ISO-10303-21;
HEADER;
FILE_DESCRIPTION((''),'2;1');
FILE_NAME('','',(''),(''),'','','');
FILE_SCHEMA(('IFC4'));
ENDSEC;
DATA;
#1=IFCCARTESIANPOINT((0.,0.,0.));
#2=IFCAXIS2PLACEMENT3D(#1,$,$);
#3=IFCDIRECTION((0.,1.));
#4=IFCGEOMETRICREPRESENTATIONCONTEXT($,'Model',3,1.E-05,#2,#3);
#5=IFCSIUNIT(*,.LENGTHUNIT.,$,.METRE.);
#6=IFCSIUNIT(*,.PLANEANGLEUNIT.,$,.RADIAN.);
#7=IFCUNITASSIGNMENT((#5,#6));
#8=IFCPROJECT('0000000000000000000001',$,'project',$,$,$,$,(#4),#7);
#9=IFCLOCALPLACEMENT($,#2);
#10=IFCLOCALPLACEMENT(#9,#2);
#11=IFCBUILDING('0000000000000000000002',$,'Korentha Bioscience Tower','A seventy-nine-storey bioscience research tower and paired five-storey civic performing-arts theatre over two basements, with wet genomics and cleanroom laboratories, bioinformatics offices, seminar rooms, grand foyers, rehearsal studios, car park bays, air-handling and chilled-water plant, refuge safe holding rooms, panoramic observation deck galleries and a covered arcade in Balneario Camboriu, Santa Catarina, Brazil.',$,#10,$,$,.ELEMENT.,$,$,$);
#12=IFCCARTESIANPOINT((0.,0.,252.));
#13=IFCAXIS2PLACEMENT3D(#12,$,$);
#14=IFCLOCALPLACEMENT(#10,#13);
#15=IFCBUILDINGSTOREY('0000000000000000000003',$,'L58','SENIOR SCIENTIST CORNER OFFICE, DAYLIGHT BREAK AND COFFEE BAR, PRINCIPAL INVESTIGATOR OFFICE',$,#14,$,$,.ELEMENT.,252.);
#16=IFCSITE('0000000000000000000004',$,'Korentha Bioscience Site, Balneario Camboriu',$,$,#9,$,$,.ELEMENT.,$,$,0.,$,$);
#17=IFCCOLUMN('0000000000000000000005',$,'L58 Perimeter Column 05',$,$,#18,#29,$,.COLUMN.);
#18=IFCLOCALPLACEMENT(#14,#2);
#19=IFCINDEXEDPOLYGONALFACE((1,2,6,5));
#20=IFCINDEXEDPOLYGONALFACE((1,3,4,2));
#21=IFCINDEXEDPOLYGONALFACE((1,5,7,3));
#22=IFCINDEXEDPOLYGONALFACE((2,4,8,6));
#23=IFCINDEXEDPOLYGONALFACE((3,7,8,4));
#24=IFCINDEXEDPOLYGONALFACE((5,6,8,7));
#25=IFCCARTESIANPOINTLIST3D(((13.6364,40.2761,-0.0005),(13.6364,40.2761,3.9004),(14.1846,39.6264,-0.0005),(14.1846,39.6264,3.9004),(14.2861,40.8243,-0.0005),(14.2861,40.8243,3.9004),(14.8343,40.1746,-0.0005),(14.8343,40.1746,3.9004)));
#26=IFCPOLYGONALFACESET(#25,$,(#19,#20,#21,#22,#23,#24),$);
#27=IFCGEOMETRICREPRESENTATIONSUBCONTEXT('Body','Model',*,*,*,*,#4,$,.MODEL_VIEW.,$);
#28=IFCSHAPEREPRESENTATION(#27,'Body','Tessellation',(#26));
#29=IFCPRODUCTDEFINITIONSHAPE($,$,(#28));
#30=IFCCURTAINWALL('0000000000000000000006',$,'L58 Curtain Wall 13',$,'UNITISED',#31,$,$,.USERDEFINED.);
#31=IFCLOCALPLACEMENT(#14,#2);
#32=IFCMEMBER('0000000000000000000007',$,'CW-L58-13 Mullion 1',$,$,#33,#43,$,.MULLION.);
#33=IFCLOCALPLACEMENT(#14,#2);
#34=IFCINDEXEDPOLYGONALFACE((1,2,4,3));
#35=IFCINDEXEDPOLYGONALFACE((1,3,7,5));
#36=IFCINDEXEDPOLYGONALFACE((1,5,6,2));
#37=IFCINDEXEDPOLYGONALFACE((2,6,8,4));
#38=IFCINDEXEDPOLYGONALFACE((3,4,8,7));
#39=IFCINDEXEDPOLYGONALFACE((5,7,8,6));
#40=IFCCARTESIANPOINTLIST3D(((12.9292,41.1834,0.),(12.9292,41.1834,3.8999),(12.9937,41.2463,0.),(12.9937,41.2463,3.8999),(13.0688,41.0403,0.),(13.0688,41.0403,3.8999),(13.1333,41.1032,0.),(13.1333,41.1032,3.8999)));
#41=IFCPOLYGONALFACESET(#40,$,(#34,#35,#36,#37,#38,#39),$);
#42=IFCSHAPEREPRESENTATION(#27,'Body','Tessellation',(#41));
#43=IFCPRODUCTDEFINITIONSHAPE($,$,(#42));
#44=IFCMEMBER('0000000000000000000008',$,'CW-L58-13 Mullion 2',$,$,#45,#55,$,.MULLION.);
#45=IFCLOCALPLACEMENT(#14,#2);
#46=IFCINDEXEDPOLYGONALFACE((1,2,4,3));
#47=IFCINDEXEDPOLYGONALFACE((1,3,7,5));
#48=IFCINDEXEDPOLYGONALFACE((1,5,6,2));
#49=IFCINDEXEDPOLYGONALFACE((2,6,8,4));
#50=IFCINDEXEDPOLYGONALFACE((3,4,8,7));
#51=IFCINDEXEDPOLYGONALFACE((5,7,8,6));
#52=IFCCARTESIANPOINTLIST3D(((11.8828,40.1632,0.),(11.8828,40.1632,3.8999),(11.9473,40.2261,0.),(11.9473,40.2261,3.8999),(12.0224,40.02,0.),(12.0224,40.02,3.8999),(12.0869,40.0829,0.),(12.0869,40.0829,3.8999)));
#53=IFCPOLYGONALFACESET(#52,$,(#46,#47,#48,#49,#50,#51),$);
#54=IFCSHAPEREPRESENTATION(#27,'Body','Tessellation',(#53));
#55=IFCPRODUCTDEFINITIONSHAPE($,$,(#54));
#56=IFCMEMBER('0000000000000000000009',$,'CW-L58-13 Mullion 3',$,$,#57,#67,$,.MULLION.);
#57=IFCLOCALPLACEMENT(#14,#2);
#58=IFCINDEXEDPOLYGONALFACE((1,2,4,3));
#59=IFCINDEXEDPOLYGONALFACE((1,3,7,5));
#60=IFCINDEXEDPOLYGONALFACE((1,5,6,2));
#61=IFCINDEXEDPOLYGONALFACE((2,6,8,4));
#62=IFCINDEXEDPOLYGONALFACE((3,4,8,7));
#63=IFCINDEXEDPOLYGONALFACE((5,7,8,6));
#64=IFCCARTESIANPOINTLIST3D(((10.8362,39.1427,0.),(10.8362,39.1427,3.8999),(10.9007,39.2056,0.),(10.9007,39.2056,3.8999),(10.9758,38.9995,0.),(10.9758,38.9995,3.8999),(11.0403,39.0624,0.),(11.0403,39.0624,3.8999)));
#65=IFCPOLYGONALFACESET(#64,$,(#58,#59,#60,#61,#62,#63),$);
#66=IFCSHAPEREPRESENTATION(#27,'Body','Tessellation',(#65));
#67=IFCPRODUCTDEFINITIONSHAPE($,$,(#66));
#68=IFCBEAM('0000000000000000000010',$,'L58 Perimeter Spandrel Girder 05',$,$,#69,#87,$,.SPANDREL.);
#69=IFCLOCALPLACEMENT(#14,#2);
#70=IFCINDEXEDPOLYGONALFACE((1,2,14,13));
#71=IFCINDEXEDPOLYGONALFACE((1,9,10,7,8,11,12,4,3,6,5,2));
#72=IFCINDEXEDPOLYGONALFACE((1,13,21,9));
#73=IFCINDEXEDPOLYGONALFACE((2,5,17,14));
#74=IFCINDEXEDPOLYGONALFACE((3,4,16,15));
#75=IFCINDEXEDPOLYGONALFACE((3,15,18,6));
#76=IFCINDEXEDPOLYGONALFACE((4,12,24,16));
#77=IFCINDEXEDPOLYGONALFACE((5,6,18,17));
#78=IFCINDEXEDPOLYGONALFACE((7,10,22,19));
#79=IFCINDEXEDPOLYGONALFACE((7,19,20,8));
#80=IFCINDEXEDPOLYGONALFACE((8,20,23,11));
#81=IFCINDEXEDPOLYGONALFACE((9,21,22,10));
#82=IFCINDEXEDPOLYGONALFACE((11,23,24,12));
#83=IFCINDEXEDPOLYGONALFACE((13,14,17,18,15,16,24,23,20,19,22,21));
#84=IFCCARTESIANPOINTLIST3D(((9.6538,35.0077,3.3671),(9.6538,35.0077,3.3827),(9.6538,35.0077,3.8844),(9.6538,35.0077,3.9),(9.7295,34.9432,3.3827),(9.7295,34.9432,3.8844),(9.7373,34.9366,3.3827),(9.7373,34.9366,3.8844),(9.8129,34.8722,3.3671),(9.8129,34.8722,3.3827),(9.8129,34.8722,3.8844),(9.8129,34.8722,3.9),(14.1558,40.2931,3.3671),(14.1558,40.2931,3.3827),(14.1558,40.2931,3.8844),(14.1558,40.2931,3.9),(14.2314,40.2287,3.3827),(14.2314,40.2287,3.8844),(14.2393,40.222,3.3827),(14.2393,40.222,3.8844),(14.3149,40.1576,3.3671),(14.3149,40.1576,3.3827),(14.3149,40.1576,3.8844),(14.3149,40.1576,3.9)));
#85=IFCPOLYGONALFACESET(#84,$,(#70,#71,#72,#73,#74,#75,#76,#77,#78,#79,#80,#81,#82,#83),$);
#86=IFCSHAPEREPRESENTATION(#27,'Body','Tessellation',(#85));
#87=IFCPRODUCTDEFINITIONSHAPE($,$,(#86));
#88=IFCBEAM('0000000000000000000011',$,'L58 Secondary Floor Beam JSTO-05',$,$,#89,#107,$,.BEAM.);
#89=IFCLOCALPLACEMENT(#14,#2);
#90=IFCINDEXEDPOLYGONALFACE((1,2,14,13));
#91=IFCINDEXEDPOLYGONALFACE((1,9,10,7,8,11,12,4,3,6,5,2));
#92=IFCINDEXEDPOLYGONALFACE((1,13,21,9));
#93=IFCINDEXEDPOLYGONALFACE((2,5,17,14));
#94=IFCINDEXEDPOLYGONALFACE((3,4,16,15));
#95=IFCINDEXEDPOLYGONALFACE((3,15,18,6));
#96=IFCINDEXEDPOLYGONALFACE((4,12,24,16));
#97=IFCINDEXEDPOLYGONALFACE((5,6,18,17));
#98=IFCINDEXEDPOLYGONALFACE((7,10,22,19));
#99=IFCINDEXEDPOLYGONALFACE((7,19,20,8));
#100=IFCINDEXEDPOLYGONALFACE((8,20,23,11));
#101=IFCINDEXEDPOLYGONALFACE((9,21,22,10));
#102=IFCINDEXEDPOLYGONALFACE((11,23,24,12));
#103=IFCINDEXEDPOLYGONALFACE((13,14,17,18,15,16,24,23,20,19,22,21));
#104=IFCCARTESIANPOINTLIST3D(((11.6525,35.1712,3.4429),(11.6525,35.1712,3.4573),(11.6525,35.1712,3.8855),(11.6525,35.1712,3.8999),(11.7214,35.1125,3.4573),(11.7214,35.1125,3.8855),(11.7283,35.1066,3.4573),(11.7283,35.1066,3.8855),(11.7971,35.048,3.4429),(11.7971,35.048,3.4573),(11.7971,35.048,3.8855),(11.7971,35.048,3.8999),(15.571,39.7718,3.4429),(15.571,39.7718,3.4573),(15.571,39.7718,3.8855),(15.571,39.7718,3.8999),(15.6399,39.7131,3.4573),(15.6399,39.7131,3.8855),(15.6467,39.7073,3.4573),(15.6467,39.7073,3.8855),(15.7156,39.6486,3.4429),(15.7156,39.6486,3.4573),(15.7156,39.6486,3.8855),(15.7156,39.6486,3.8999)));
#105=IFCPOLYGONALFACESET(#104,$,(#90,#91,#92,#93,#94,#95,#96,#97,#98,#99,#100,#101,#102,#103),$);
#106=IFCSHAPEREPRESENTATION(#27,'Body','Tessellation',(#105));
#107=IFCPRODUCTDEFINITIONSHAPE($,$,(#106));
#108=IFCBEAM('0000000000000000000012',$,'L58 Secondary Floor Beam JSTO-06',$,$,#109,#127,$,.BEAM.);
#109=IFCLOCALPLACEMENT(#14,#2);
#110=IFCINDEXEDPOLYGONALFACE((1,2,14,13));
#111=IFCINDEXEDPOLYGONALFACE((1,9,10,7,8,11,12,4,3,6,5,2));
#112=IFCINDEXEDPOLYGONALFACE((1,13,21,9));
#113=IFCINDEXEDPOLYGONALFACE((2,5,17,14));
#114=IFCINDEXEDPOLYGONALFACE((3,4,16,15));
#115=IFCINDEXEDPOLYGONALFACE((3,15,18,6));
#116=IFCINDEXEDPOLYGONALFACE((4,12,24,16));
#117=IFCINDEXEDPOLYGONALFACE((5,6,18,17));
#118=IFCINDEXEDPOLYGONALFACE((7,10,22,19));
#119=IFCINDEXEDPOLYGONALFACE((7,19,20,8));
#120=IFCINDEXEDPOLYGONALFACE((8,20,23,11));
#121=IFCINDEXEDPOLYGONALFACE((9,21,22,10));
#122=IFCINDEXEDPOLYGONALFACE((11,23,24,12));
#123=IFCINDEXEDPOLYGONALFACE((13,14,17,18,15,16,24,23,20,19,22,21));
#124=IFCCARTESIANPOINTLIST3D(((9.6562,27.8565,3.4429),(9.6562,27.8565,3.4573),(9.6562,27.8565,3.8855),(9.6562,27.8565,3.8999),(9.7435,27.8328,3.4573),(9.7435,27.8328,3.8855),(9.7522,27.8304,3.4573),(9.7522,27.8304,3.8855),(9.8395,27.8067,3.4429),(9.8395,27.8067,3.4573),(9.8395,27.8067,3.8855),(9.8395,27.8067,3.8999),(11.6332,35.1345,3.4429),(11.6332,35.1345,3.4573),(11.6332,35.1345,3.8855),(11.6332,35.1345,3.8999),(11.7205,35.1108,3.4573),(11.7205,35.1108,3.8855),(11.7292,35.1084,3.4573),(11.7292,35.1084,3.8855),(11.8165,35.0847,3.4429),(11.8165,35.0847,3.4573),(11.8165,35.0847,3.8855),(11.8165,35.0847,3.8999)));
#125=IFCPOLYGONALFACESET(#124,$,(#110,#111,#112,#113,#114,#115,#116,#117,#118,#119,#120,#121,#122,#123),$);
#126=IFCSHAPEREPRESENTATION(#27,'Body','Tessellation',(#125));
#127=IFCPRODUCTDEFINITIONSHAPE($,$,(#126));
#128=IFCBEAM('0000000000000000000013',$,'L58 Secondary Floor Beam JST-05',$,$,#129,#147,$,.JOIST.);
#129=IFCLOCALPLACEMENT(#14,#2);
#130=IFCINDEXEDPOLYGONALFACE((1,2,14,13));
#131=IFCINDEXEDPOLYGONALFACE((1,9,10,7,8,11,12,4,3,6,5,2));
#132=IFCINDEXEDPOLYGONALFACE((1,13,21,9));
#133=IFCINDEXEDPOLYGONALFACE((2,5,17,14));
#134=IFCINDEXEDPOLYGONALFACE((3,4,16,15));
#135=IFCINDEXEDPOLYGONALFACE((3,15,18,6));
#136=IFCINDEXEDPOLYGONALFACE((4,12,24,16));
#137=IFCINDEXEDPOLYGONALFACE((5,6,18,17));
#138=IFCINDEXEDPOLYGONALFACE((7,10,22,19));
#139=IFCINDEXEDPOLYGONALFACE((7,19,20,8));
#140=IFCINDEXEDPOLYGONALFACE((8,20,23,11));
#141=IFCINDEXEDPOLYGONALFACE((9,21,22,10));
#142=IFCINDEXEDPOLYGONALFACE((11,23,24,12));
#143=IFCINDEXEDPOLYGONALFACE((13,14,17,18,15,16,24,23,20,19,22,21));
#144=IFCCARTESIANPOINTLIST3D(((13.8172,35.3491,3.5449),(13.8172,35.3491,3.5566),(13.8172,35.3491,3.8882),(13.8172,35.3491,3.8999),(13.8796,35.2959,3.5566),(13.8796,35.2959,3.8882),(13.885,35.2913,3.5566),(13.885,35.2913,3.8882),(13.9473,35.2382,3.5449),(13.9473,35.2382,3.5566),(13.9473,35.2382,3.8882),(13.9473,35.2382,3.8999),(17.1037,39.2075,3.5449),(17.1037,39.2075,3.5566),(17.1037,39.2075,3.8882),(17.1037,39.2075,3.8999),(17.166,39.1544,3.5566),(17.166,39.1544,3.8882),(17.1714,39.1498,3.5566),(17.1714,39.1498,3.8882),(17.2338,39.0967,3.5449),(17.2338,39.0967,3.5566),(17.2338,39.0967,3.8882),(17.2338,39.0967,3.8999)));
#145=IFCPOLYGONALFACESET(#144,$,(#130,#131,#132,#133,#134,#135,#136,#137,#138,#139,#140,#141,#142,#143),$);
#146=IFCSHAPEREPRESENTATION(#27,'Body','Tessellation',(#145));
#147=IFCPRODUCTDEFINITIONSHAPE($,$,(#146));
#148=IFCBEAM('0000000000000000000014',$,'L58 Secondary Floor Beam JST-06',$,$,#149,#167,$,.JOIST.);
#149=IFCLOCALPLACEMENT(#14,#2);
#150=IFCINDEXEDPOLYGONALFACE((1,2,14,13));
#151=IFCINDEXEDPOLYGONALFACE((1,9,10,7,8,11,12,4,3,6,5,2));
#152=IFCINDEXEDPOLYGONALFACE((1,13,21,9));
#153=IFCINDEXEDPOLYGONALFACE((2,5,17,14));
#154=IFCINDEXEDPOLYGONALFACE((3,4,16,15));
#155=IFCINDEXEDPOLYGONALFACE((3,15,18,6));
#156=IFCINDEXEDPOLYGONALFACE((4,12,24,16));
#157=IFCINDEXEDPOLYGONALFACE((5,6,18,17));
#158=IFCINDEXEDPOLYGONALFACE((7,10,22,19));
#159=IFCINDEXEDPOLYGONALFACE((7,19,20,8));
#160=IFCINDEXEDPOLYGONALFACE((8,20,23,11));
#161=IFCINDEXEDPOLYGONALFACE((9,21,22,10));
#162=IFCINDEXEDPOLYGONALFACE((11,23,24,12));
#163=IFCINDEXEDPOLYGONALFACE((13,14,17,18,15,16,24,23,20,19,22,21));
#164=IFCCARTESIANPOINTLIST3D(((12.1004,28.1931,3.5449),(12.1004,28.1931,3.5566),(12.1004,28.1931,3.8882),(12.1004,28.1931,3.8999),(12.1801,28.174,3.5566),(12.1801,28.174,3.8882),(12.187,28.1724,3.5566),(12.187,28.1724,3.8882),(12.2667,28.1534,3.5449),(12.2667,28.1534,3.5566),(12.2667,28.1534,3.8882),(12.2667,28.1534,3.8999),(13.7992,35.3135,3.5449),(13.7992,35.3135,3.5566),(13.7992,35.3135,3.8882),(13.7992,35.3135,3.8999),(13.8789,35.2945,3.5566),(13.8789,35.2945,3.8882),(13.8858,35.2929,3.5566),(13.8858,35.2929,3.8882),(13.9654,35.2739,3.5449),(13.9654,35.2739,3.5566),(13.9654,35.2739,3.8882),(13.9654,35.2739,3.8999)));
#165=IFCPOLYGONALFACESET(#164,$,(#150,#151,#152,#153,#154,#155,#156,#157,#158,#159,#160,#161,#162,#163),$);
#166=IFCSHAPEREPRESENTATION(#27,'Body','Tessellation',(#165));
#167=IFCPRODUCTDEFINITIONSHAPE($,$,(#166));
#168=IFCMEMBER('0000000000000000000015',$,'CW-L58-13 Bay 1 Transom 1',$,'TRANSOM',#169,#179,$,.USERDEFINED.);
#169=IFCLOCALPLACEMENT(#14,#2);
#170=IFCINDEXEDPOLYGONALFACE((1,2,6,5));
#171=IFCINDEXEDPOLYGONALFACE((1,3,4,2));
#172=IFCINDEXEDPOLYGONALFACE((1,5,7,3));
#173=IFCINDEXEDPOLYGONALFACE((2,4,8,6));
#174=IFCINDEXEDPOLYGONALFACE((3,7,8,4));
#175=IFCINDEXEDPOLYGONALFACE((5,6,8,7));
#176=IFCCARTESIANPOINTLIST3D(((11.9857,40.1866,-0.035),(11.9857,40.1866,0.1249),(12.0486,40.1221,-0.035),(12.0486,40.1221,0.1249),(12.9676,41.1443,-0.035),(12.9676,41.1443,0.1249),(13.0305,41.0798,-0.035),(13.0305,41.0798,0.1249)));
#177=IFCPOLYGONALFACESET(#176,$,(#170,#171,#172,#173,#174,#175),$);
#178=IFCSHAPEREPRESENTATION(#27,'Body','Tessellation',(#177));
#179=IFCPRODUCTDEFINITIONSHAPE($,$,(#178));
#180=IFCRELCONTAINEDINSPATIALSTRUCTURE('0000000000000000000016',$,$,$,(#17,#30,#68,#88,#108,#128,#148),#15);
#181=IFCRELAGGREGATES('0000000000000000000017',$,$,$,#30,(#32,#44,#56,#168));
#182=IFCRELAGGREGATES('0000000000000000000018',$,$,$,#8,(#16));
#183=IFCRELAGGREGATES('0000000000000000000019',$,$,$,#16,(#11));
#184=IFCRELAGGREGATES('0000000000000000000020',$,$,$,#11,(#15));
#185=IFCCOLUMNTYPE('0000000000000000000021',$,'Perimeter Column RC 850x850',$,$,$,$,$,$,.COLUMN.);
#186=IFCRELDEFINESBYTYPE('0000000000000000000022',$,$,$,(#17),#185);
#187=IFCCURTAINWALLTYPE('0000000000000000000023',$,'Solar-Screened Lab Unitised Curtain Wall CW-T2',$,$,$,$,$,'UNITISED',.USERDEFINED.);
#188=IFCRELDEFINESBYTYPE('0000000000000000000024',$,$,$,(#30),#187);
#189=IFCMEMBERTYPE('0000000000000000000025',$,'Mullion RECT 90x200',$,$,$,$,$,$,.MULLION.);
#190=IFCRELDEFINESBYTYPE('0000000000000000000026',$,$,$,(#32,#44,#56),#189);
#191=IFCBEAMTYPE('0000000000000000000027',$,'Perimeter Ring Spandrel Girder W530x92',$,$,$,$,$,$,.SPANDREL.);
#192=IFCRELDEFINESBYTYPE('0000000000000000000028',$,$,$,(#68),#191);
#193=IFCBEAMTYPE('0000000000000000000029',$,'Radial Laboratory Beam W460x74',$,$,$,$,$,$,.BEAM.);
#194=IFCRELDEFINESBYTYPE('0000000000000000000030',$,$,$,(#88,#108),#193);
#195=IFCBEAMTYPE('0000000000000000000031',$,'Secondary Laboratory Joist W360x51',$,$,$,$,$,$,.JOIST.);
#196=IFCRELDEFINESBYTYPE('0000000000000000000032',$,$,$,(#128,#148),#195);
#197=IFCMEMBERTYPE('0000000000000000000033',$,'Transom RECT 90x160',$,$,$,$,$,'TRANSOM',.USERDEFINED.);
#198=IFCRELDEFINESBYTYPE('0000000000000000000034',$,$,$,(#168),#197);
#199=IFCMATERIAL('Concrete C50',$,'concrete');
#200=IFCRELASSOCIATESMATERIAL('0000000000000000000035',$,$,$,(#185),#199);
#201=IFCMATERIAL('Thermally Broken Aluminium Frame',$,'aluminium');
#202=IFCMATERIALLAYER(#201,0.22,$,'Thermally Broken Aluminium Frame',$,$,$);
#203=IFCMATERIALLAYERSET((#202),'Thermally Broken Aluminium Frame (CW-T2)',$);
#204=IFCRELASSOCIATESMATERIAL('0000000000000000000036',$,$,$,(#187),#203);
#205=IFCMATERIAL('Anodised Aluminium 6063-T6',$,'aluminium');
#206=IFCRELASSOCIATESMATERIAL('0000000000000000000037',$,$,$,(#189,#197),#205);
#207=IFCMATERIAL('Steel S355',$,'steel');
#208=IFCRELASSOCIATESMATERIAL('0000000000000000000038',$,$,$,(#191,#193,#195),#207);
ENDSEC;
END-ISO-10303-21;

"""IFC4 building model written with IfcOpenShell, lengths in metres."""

from ifc_helpers import new_model, si_unit, direction, frame, origin, origin_2d, place, context, subcontext, project, spatial, rectangle, i_section, extrude, material, layer, layer_set, material_profile, profile_set, type_object, element, aggregate, save


model = new_model("IFC4")

# Units and contexts
model_context = context("Model", 3, precision=1e-05, world=origin(), true_north=direction((0.0, 1.0)))
body_context = subcontext(model_context, "Body", "Model", "MODEL_VIEW")
ifc_project = project(units=[si_unit("LENGTHUNIT", "METRE"), si_unit("PLANEANGLEUNIT", "RADIAN")], contexts=[model_context])

# Site, building, storey
site_placement = place(None, origin())
site = spatial("IfcSite", under=ifc_project, at=site_placement, Name="Korentha Bioscience Site, Balneario Camboriu", CompositionType="ELEMENT", RefElevation=0.0)
building_placement = place(site_placement, origin())
building = spatial("IfcBuilding", under=site, at=building_placement, Name="Korentha Bioscience Tower", Description="A seventy-nine-storey bioscience research tower and paired five-storey civic performing-arts theatre over two basements, with wet genomics and cleanroom laboratories, bioinformatics offices, seminar rooms, grand foyers, rehearsal studios, car park bays, air-handling and chilled-water plant, refuge safe holding rooms, panoramic observation deck galleries and a covered arcade in Balneario Camboriu, Santa Catarina, Brazil.", CompositionType="ELEMENT")
storey_placement = place(building_placement, frame((0.0, 0.0, 252.0)))
storey = spatial("IfcBuildingStorey", under=building, at=storey_placement, Name="L58", Description="SENIOR SCIENTIST CORNER OFFICE, DAYLIGHT BREAK AND COFFEE BAR, PRINCIPAL INVESTIGATOR OFFICE", CompositionType="ELEMENT", Elevation=252.0)

# Column
ifc_material_1 = material(Name="Concrete C50", Category="concrete")
ifc_material_profile_1 = material_profile(ifc_material_1, rectangle(XDim=0.8501, YDim=0.8501, at=origin_2d()), Name="Concrete C50")
ifc_profile_set_1 = profile_set([ifc_material_profile_1], Name="Concrete C50 (COL-P08)")
column_type = type_object("IfcColumnType", Name="Perimeter Column RC 850x850", PredefinedType="COLUMN", material=ifc_profile_set_1)
column_placement = place(storey_placement, frame((14.2354, 40.2253, -0.0005), z_axis=(0.0, 0.0, 1.0), x_axis=(0.764246, 0.644924, 0.0)))
element("IfcColumn", 1, at=column_placement, inside=storey, type_object=column_type, Name="L58 Perimeter Column 05", PredefinedType="COLUMN", context=body_context, shape_type="SweptSolid", body=[
    extrude(rectangle(XDim=0.8501, YDim=0.8501, at=origin_2d()), origin(), (0.0, 0.0, 1.0), 3.9009),
])

# Curtain wall, members
ifc_material_2 = material(Name="Thermally Broken Aluminium Frame", Category="aluminium")
ifc_layer_1 = layer(ifc_material_2, 0.22, Name="Thermally Broken Aluminium Frame")
ifc_layer_set_1 = layer_set([ifc_layer_1], Name="Thermally Broken Aluminium Frame (CW-T2)")
curtain_wall_type = type_object("IfcCurtainWallType", Name="Solar-Screened Lab Unitised Curtain Wall CW-T2", ElementType="UNITISED", PredefinedType="USERDEFINED", material=ifc_layer_set_1)
curtain_wall_placement = place(storey_placement, origin())
curtain_wall = element("IfcCurtainWall", 2, at=curtain_wall_placement, inside=storey, type_object=curtain_wall_type, Name="L58 Curtain Wall 13", ObjectType="UNITISED", PredefinedType="USERDEFINED")
ifc_material_3 = material(Name="Anodised Aluminium 6063-T6", Category="aluminium")
ifc_material_profile_2 = material_profile(ifc_material_3, rectangle(XDim=0.0901, YDim=0.2, at=origin_2d()), Name="Anodised Aluminium 6063-T6")
ifc_profile_set_2 = profile_set([ifc_material_profile_2], Name="Anodised Aluminium 6063-T6 (CW-MUL)")
member_type_1 = type_object("IfcMemberType", Name="Mullion RECT 90x200", PredefinedType="MULLION", material=ifc_profile_set_2)
member_1_placement = place(storey_placement, frame((13.0312, 41.1433, 0.0), z_axis=(0.0, 0.0, 1.0), x_axis=(-0.715994, -0.698107, 0.0)))
member_1 = element("IfcMember", 3, at=member_1_placement, type_object=member_type_1, Name="CW-L58-13 Mullion 1", PredefinedType="MULLION", context=body_context, shape_type="SweptSolid", body=[
    extrude(rectangle(XDim=0.0901, YDim=0.2, at=origin_2d()), origin(), (0.0, 0.0, 1.0), 3.8999),
])
member_2_placement = place(storey_placement, frame((11.9849, 40.123, 0.0), z_axis=(0.0, 0.0, 1.0), x_axis=(-0.715994, -0.698107, 0.0)))
member_2 = element("IfcMember", 4, at=member_2_placement, type_object=member_type_1, Name="CW-L58-13 Mullion 2", PredefinedType="MULLION", context=body_context, shape_type="SweptSolid", body=[
    extrude(rectangle(XDim=0.0901, YDim=0.2, at=origin_2d()), origin(), (0.0, 0.0, 1.0), 3.8999),
])
member_3_placement = place(storey_placement, frame((10.9382, 39.1025, 0.0), z_axis=(0.0, 0.0, 1.0), x_axis=(-0.715994, -0.698107, 0.0)))
member_3 = element("IfcMember", 5, at=member_3_placement, type_object=member_type_1, Name="CW-L58-13 Mullion 3", PredefinedType="MULLION", context=body_context, shape_type="SweptSolid", body=[
    extrude(rectangle(XDim=0.0901, YDim=0.2, at=origin_2d()), origin(), (0.0, 0.0, 1.0), 3.8999),
])

# Beams
ifc_material_4 = material(Name="Steel S355", Category="steel")
ifc_material_profile_3 = material_profile(ifc_material_4, i_section(OverallWidth=0.209, OverallDepth=0.533, WebThickness=0.0103, FlangeThickness=0.0156, at=origin_2d()), Name="Steel S355")
ifc_profile_set_3 = profile_set([ifc_material_profile_3], Name="Steel S355 (SB-530)")
beam_type_1 = type_object("IfcBeamType", Name="Perimeter Ring Spandrel Girder W530x92", PredefinedType="SPANDREL", material=ifc_profile_set_3)
beam_1_placement = place(storey_placement, frame((14.2354, 40.2253, 3.6335), z_axis=(-0.648431, -0.761273, 0.0), x_axis=(0.761273, -0.648431, 0.0)))
element("IfcBeam", 6, at=beam_1_placement, inside=storey, type_object=beam_type_1, Name="L58 Perimeter Spandrel Girder 05", PredefinedType="SPANDREL", context=body_context, shape_type="SweptSolid", body=[
    extrude(i_section(OverallWidth=0.209, OverallDepth=0.533, WebThickness=0.0103, FlangeThickness=0.0156, at=origin_2d()), origin(), (0.0, 0.0, 1.0), 6.9429),
])
ifc_material_profile_4 = material_profile(ifc_material_4, i_section(OverallWidth=0.1899, OverallDepth=0.457, WebThickness=0.009, FlangeThickness=0.0144, at=origin_2d()), Name="Steel S355")
ifc_profile_set_4 = profile_set([ifc_material_profile_4], Name="Steel S355 (RB-460)")
beam_type_2 = type_object("IfcBeamType", Name="Radial Laboratory Beam W460x74", PredefinedType="BEAM", material=ifc_profile_set_4)
beam_2_placement = place(storey_placement, frame((15.6433, 39.7102, 3.6714), z_axis=(-0.648413, -0.761289, 0.0), x_axis=(0.761289, -0.648413, 0.0)))
element("IfcBeam", 7, at=beam_2_placement, inside=storey, type_object=beam_type_2, Name="L58 Secondary Floor Beam JSTO-05", PredefinedType="BEAM", context=body_context, shape_type="SweptSolid", body=[
    extrude(i_section(OverallWidth=0.1899, OverallDepth=0.457, WebThickness=0.009, FlangeThickness=0.0144, at=origin_2d()), origin(), (0.0, 0.0, 1.0), 6.0432),
])
beam_3_placement = place(storey_placement, frame((11.7249, 35.1096, 3.6714), z_axis=(-0.262145, -0.965029, 0.0), x_axis=(0.965029, -0.262145, 0.0)))
element("IfcBeam", 8, at=beam_3_placement, inside=storey, type_object=beam_type_2, Name="L58 Secondary Floor Beam JSTO-06", PredefinedType="BEAM", context=body_context, shape_type="SweptSolid", body=[
    extrude(i_section(OverallWidth=0.1899, OverallDepth=0.457, WebThickness=0.009, FlangeThickness=0.0144, at=origin_2d()), origin(), (0.0, 0.0, 1.0), 7.5417),
])
ifc_material_profile_5 = material_profile(ifc_material_4, i_section(OverallWidth=0.1709, OverallDepth=0.355, WebThickness=0.0071, FlangeThickness=0.0117, at=origin_2d()), Name="Steel S355")
ifc_profile_set_5 = profile_set([ifc_material_profile_5], Name="Steel S355 (JB-360)")
beam_type_3 = type_object("IfcBeamType", Name="Secondary Laboratory Joist W360x51", PredefinedType="JOIST", material=ifc_profile_set_5)
beam_4_placement = place(storey_placement, frame((17.1687, 39.1521, 3.7224), z_axis=(-0.64842, -0.761283, 0.0), x_axis=(0.761283, -0.64842, 0.0)))
element("IfcBeam", 9, at=beam_4_placement, inside=storey, type_object=beam_type_3, Name="L58 Secondary Floor Beam JST-05", PredefinedType="JOIST", context=body_context, shape_type="SweptSolid", body=[
    extrude(i_section(OverallWidth=0.1709, OverallDepth=0.355, WebThickness=0.0071, FlangeThickness=0.0117, at=origin_2d()), origin(), (0.0, 0.0, 1.0), 5.0684),
])
beam_5_placement = place(storey_placement, frame((13.8823, 35.2937, 3.7224), z_axis=(-0.232061, -0.972701, 0.0), x_axis=(0.972701, -0.232061, 0.0)))
element("IfcBeam", 10, at=beam_5_placement, inside=storey, type_object=beam_type_3, Name="L58 Secondary Floor Beam JST-06", PredefinedType="JOIST", context=body_context, shape_type="SweptSolid", body=[
    extrude(i_section(OverallWidth=0.1709, OverallDepth=0.355, WebThickness=0.0071, FlangeThickness=0.0117, at=origin_2d()), origin(), (0.0, 0.0, 1.0), 7.3203),
])

# Member
ifc_material_profile_6 = material_profile(ifc_material_3, rectangle(XDim=0.0901, YDim=0.1599, at=origin_2d()), Name="Anodised Aluminium 6063-T6")
ifc_profile_set_6 = profile_set([ifc_material_profile_6], Name="Anodised Aluminium 6063-T6 (CW-TRN)")
member_type_2 = type_object("IfcMemberType", Name="Transom RECT 90x160", ElementType="TRANSOM", PredefinedType="USERDEFINED", material=ifc_profile_set_6)
member_4_placement = place(storey_placement, frame((12.999, 41.1121, 0.0449), z_axis=(-0.715862, -0.698242, 0.0), x_axis=(0.698242, -0.715862, 0.0)))
member_4 = element("IfcMember", 11, at=member_4_placement, type_object=member_type_2, Name="CW-L58-13 Bay 1 Transom 1", ObjectType="TRANSOM", PredefinedType="USERDEFINED", context=body_context, shape_type="SweptSolid", body=[
    extrude(rectangle(XDim=0.0901, YDim=0.1599, at=origin_2d()), origin(), (0.0, 0.0, 1.0), 1.3716),
])

aggregate(curtain_wall, [member_1, member_2, member_3, member_4])

save(model, "model.ifc")
